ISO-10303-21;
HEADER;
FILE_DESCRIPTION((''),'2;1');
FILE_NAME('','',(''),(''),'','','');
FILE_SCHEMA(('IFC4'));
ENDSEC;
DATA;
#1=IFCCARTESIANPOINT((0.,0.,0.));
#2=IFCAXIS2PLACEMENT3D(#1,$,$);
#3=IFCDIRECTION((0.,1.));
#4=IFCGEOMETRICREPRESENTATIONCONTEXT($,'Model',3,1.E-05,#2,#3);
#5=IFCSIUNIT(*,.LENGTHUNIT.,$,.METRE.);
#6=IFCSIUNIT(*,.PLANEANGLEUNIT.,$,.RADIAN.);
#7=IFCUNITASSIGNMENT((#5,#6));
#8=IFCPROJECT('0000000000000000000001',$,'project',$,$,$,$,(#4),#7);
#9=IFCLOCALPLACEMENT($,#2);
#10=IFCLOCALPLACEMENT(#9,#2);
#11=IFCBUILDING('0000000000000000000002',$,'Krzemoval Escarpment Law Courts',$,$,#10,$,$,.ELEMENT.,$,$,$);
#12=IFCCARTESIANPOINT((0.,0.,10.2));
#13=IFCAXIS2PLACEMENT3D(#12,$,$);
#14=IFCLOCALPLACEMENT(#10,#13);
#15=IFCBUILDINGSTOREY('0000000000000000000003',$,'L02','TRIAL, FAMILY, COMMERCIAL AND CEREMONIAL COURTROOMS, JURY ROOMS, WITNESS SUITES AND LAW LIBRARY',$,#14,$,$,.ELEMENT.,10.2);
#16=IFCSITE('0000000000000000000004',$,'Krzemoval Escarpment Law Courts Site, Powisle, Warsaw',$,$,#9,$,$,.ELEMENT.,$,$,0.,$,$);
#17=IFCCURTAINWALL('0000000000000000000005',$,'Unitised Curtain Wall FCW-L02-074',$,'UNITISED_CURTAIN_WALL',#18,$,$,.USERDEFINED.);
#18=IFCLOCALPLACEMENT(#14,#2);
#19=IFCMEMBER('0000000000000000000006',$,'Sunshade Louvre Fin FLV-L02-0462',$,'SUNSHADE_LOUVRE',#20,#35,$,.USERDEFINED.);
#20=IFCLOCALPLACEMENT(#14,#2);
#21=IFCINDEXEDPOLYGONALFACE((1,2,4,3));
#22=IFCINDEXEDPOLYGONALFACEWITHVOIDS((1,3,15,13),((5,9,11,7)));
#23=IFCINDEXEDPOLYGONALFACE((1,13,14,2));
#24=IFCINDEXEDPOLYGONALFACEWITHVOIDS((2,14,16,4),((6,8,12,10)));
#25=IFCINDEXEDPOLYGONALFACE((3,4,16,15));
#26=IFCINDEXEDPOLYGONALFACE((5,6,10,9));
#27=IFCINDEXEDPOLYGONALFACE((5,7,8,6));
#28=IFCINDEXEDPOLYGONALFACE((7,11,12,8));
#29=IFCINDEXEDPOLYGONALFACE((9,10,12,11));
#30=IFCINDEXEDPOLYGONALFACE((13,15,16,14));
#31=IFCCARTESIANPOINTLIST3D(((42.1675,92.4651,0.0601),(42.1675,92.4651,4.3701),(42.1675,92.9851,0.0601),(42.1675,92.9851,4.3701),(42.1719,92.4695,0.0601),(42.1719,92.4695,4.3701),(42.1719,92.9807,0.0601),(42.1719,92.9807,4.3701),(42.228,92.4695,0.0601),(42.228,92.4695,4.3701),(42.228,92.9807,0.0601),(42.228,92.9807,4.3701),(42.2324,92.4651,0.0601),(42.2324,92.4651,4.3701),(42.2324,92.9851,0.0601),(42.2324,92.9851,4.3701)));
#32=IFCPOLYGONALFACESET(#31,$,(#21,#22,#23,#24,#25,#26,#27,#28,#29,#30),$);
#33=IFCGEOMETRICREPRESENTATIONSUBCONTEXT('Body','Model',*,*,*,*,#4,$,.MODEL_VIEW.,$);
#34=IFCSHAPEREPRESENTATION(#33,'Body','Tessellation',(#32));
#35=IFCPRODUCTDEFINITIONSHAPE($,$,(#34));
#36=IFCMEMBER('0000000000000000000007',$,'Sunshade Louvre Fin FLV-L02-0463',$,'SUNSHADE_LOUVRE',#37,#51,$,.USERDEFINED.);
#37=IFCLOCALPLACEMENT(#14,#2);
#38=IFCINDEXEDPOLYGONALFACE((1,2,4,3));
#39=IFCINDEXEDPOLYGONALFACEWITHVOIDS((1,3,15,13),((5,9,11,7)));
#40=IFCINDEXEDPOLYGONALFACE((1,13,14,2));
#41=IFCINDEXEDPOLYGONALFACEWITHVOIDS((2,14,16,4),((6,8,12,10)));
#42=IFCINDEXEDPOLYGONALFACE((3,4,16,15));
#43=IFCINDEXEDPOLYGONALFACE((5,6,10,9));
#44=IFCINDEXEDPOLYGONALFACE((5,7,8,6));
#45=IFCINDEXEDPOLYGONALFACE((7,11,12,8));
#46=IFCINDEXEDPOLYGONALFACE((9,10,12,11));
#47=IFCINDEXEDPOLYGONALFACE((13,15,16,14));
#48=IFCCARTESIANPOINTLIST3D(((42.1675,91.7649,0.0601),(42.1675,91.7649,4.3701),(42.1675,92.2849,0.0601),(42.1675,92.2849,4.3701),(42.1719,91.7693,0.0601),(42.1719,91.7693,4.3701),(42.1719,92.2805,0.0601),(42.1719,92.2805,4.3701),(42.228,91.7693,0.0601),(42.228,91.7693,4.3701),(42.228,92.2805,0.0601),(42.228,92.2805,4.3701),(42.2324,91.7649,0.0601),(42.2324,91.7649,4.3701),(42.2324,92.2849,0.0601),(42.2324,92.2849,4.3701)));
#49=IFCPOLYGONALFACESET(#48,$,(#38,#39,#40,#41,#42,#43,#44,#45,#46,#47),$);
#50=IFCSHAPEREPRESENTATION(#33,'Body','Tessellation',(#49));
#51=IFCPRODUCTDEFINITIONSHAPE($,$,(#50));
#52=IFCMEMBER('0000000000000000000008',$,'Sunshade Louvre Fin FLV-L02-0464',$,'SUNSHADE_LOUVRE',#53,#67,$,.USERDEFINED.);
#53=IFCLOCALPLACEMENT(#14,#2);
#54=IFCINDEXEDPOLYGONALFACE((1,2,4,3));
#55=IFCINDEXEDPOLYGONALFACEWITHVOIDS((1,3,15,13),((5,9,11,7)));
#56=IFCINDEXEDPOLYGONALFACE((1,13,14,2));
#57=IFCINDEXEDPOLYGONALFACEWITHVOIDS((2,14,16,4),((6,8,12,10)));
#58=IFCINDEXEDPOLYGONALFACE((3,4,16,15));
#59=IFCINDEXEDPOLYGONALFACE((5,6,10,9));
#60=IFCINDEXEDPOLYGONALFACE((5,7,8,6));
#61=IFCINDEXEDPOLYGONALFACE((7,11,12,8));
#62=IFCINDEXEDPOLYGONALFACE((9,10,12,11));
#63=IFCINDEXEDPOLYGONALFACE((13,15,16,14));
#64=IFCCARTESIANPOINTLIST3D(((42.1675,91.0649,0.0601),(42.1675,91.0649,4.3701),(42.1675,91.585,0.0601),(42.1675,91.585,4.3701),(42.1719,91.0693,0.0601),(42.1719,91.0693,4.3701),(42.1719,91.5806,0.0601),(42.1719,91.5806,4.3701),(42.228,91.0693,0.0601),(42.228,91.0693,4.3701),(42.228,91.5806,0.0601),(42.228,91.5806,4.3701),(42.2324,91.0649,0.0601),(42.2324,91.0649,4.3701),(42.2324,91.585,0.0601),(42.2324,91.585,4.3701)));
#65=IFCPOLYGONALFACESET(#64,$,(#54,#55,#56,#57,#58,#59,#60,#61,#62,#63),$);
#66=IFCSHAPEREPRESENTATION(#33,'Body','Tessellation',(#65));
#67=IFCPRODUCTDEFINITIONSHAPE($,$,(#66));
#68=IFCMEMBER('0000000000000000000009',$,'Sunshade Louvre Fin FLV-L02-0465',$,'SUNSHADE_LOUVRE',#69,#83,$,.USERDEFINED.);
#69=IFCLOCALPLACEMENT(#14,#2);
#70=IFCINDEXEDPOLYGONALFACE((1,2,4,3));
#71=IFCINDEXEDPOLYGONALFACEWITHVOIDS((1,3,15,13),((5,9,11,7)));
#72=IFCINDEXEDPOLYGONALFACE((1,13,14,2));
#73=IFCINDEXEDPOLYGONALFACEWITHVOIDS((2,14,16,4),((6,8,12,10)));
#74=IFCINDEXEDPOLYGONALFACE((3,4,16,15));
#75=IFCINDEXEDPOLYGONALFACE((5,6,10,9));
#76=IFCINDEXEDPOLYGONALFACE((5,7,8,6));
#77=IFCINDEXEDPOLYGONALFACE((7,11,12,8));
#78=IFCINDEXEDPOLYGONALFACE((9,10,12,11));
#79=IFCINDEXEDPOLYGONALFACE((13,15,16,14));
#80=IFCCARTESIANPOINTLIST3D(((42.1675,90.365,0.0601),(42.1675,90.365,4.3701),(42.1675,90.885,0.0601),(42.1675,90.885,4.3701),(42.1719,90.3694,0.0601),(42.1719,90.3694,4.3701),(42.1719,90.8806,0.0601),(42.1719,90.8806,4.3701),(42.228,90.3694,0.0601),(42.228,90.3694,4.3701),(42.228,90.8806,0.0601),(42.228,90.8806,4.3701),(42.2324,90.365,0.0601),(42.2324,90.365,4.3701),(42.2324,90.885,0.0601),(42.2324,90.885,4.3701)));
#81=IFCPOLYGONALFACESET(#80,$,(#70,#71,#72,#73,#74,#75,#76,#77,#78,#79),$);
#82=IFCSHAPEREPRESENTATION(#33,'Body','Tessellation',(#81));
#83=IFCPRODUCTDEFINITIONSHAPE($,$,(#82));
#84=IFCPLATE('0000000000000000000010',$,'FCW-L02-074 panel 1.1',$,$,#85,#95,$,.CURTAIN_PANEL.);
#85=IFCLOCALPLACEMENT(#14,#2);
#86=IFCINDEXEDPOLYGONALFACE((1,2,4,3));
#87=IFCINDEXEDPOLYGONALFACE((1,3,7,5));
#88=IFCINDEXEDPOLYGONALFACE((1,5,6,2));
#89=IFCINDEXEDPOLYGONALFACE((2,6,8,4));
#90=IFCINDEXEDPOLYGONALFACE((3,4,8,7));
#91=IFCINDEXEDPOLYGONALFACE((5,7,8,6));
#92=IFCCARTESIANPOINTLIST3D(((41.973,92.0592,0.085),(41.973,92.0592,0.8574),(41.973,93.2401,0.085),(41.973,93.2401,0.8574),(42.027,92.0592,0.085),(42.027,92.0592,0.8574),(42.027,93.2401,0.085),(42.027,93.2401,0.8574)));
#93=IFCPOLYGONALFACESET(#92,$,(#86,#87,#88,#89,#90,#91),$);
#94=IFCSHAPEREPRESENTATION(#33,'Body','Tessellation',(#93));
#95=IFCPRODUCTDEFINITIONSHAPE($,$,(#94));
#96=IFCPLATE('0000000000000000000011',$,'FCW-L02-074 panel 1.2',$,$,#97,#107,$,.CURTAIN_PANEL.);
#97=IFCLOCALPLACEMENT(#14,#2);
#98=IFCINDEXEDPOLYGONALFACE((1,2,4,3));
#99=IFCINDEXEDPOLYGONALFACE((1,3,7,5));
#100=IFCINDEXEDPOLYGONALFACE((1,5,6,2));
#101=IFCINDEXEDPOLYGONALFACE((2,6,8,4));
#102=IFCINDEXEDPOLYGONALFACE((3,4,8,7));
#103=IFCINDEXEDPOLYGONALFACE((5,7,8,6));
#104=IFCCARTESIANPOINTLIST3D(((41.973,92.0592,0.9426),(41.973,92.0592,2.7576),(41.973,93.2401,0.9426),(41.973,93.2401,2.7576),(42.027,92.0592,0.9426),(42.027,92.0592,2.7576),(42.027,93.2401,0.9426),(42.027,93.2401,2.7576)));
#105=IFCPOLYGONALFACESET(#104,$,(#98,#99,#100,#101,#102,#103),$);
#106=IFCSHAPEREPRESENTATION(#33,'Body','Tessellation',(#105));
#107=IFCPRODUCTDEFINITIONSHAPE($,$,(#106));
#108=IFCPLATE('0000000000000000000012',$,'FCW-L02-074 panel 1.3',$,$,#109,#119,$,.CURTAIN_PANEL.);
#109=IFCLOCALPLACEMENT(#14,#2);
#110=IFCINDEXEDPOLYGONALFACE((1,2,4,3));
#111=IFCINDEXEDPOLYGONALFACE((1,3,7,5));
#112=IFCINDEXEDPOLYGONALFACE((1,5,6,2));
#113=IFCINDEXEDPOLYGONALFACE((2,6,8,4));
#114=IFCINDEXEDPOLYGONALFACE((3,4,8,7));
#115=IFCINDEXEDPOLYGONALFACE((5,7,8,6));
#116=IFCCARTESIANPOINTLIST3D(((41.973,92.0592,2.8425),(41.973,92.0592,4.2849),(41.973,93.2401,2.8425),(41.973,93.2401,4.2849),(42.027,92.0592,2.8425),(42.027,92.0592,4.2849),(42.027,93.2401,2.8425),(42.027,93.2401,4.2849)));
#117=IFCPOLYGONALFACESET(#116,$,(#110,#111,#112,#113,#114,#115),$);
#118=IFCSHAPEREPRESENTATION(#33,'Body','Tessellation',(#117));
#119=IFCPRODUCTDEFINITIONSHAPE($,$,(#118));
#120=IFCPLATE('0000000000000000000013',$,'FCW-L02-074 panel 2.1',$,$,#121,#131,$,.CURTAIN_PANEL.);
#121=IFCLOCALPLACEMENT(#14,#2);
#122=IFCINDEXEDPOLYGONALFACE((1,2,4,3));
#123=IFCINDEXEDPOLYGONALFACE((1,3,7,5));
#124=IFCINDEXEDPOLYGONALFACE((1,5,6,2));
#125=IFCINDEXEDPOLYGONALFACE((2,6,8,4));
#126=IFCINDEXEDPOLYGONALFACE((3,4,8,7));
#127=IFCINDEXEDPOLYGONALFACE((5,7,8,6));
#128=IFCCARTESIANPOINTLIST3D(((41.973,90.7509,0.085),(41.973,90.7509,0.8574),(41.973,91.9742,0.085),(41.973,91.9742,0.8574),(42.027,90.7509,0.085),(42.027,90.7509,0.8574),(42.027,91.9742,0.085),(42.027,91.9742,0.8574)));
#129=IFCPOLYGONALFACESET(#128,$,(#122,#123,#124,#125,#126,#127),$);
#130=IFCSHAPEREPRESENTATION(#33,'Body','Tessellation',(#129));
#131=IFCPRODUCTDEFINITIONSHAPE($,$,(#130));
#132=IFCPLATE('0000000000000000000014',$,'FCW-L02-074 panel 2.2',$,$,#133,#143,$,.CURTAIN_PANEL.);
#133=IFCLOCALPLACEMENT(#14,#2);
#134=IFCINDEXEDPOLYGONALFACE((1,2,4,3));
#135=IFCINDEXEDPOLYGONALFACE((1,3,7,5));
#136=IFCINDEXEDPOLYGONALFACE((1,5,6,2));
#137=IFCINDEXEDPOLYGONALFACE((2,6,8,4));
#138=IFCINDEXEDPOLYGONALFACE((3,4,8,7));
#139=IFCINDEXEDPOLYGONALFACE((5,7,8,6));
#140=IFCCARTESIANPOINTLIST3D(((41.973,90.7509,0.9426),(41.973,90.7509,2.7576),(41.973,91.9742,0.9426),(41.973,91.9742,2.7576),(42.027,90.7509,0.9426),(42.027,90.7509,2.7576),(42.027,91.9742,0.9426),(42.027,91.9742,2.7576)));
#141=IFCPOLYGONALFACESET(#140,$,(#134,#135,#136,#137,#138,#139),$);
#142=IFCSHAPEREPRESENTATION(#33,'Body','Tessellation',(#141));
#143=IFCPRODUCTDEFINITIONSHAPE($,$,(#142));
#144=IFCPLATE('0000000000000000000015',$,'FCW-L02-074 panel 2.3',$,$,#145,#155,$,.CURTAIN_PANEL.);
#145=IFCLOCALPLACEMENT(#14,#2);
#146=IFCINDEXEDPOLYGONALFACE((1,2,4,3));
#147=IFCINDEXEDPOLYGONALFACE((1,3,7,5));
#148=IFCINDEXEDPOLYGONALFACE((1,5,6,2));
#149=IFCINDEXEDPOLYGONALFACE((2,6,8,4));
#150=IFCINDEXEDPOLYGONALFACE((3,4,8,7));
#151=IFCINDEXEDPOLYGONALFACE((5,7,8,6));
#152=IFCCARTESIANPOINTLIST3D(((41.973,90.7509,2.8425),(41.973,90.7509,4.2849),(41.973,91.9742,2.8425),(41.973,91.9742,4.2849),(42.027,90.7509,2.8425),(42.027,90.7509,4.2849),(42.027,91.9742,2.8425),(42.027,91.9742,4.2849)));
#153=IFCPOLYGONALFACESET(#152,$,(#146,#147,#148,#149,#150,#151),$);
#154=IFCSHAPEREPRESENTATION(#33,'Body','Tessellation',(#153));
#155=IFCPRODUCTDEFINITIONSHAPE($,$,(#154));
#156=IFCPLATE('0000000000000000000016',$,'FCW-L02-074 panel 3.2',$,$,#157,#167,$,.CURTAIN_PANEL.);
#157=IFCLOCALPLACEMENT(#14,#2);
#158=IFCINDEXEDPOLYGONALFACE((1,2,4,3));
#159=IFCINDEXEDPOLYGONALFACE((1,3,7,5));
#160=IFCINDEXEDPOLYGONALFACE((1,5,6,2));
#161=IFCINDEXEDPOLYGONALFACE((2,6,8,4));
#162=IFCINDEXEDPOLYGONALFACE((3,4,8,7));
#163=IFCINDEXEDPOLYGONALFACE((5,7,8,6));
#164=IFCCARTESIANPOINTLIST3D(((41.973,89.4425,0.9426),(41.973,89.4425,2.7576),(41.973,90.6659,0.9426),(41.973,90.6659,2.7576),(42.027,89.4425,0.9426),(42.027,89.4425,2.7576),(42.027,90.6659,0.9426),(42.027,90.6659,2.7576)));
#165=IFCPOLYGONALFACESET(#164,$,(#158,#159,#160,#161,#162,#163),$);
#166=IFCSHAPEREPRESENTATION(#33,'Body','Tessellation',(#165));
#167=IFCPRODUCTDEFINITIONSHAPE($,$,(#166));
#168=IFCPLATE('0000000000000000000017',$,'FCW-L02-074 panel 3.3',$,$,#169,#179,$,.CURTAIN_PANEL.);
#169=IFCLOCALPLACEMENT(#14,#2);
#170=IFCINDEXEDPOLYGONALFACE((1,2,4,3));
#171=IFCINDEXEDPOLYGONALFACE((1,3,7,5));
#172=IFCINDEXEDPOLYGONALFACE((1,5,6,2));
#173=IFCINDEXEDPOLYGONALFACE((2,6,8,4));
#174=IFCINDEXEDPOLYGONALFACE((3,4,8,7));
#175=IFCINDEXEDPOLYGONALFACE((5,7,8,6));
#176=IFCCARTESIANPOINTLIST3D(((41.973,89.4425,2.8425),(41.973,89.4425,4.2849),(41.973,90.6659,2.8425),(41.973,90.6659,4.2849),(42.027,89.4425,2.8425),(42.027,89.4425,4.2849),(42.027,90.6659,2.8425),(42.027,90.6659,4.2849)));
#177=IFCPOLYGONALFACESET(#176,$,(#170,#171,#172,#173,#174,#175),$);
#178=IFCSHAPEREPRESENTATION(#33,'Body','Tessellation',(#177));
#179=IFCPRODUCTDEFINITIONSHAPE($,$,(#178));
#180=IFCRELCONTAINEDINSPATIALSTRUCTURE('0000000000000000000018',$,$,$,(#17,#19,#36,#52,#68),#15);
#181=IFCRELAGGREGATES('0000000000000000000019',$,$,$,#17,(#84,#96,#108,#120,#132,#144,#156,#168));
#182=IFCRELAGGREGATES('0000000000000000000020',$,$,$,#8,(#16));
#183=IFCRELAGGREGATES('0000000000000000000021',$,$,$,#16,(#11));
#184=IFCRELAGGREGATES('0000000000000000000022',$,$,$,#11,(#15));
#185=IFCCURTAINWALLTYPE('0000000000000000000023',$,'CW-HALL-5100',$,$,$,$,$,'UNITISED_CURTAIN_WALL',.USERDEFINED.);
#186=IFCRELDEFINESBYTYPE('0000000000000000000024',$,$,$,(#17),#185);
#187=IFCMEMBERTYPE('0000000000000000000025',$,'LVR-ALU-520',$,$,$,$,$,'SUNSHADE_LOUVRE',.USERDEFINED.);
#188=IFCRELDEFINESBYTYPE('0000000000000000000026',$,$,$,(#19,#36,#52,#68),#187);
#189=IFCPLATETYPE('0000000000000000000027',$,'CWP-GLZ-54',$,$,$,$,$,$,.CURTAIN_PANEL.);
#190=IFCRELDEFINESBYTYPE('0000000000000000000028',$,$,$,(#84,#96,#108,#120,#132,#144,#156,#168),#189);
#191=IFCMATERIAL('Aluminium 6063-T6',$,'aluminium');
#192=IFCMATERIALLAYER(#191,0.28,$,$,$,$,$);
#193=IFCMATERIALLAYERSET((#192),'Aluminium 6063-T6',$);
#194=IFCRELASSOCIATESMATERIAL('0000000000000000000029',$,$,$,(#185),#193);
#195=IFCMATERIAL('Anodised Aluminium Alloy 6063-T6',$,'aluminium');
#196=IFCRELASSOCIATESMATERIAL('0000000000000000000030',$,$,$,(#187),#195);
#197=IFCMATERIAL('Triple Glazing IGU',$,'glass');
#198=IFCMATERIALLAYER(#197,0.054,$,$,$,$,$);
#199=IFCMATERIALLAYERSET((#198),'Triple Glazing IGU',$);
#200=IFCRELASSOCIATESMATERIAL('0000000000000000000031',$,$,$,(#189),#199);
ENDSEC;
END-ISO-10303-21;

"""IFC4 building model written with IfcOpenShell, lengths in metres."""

from ifc_helpers import new_model, si_unit, direction, frame, origin, origin_2d, place, context, subcontext, project, spatial, rectangle, hollow_rectangle, extrude, material, layer, layer_set, material_profile, profile_set, type_object, element, aggregate, save


model = new_model("IFC4")

# Units and contexts
model_context = context("Model", 3, precision=1e-05, world=origin(), true_north=direction((0.0, 1.0)))
body_context = subcontext(model_context, "Body", "Model", "MODEL_VIEW")
ifc_project = project(units=[si_unit("LENGTHUNIT", "METRE"), si_unit("PLANEANGLEUNIT", "RADIAN")], contexts=[model_context])

# Site, building, storey
site_placement = place(None, origin())
site = spatial("IfcSite", under=ifc_project, at=site_placement, Name="Krzemoval Escarpment Law Courts Site, Powisle, Warsaw", CompositionType="ELEMENT", RefElevation=0.0)
building_placement = place(site_placement, origin())
building = spatial("IfcBuilding", under=site, at=building_placement, Name="Krzemoval Escarpment Law Courts", CompositionType="ELEMENT")
storey_placement = place(building_placement, frame((0.0, 0.0, 10.2)))
storey = spatial("IfcBuildingStorey", under=building, at=storey_placement, Name="L02", Description="TRIAL, FAMILY, COMMERCIAL AND CEREMONIAL COURTROOMS, JURY ROOMS, WITNESS SUITES AND LAW LIBRARY", CompositionType="ELEMENT", Elevation=10.2)

# Curtain wall
ifc_material_1 = material(Name="Aluminium 6063-T6", Category="aluminium")
ifc_layer_1 = layer(ifc_material_1, 0.28)
ifc_layer_set_1 = layer_set([ifc_layer_1], Name="Aluminium 6063-T6")
curtain_wall_type = type_object("IfcCurtainWallType", Name="CW-HALL-5100", ElementType="UNITISED_CURTAIN_WALL", PredefinedType="USERDEFINED", material=ifc_layer_set_1)
curtain_wall_placement = place(storey_placement, origin())
curtain_wall = element("IfcCurtainWall", 1, at=curtain_wall_placement, inside=storey, type_object=curtain_wall_type, Name="Unitised Curtain Wall FCW-L02-074", ObjectType="UNITISED_CURTAIN_WALL", PredefinedType="USERDEFINED")

# Members
ifc_material_2 = material(Name="Anodised Aluminium Alloy 6063-T6", Category="aluminium")
ifc_material_profile_1 = material_profile(ifc_material_2, hollow_rectangle(XDim=0.0649, YDim=0.52, WallThickness=0.0044, at=origin_2d()), Name="ALU LVR 65x520")
ifc_profile_set_1 = profile_set([ifc_material_profile_1], Name="Anodised Aluminium Alloy 6063-T6")
member_type_1 = type_object("IfcMemberType", Name="LVR-ALU-520", ElementType="SUNSHADE_LOUVRE", PredefinedType="USERDEFINED", material=ifc_profile_set_1)
for number, where, z_axis, x_axis, name in (
    (2, (42.2, 92.7251, 0.0601), (0.0, 0.0, 1.0), (1.0, 0.0, 0.0), "Sunshade Louvre Fin FLV-L02-0462"),
    (3, (42.2, 92.0249, 0.0601), (0.0, 0.0, 1.0), (1.0, 0.0, 0.0), "Sunshade Louvre Fin FLV-L02-0463"),
    (4, (42.2, 91.325, 0.0601), (0.0, 0.0, 1.0), (1.0, 0.0, 0.0), "Sunshade Louvre Fin FLV-L02-0464"),
    (5, (42.2, 90.625, 0.0601), (0.0, 0.0, 1.0), (1.0, 0.0, 0.0), "Sunshade Louvre Fin FLV-L02-0465"),
):
    element("IfcMember", number, at=place(storey_placement, frame(where, z_axis=z_axis, x_axis=x_axis)), inside=storey, type_object=member_type_1, Name=name, ObjectType="SUNSHADE_LOUVRE", PredefinedType="USERDEFINED", context=body_context, shape_type="SweptSolid", body=[
        extrude(hollow_rectangle(XDim=0.0649, YDim=0.52, WallThickness=0.0044, at=origin_2d()), origin(), (0.0, 0.0, 1.0), 4.3101),
    ])

# Plates
ifc_material_3 = material(Name="Triple Glazing IGU", Category="glass")
ifc_layer_2 = layer(ifc_material_3, 0.054)
ifc_layer_set_2 = layer_set([ifc_layer_2], Name="Triple Glazing IGU")
plate_type = type_object("IfcPlateType", Name="CWP-GLZ-54", PredefinedType="CURTAIN_PANEL", material=ifc_layer_set_2)
plate_1_placement = place(storey_placement, frame((42.0, 92.6497, 0.085), z_axis=(0.0, 0.0, 1.0), x_axis=(0.0, -1.0, 0.0)))
plate_1 = element("IfcPlate", 6, at=plate_1_placement, type_object=plate_type, Name="FCW-L02-074 panel 1.1", PredefinedType="CURTAIN_PANEL", context=body_context, shape_type="SweptSolid", body=[
    extrude(rectangle(XDim=1.1809, YDim=0.054, at=origin_2d()), origin(), (0.0, 0.0, 1.0), 0.7725),
])
plate_2_placement = place(storey_placement, frame((42.0, 92.6497, 0.9426), z_axis=(0.0, 0.0, 1.0), x_axis=(0.0, -1.0, 0.0)))
plate_2 = element("IfcPlate", 7, at=plate_2_placement, type_object=plate_type, Name="FCW-L02-074 panel 1.2", PredefinedType="CURTAIN_PANEL", context=body_context, shape_type="SweptSolid", body=[
    extrude(rectangle(XDim=1.1809, YDim=0.054, at=origin_2d()), origin(), (0.0, 0.0, 1.0), 1.8149),
])
plate_3_placement = place(storey_placement, frame((42.0, 92.6497, 2.8425), z_axis=(0.0, 0.0, 1.0), x_axis=(0.0, -1.0, 0.0)))
plate_3 = element("IfcPlate", 8, at=plate_3_placement, type_object=plate_type, Name="FCW-L02-074 panel 1.3", PredefinedType="CURTAIN_PANEL", context=body_context, shape_type="SweptSolid", body=[
    extrude(rectangle(XDim=1.1809, YDim=0.054, at=origin_2d()), origin(), (0.0, 0.0, 1.0), 1.4424),
])
plate_4_placement = place(storey_placement, frame((42.0, 91.3625, 0.085), z_axis=(0.0, 0.0, 1.0), x_axis=(0.0, -1.0, 0.0)))
plate_4 = element("IfcPlate", 9, at=plate_4_placement, type_object=plate_type, Name="FCW-L02-074 panel 2.1", PredefinedType="CURTAIN_PANEL", context=body_context, shape_type="SweptSolid", body=[
    extrude(rectangle(XDim=1.2234, YDim=0.054, at=origin_2d()), origin(), (0.0, 0.0, 1.0), 0.7725),
])
plate_5_placement = place(storey_placement, frame((42.0, 91.3625, 0.9426), z_axis=(0.0, 0.0, 1.0), x_axis=(0.0, -1.0, 0.0)))
plate_5 = element("IfcPlate", 10, at=plate_5_placement, type_object=plate_type, Name="FCW-L02-074 panel 2.2", PredefinedType="CURTAIN_PANEL", context=body_context, shape_type="SweptSolid", body=[
    extrude(rectangle(XDim=1.2234, YDim=0.054, at=origin_2d()), origin(), (0.0, 0.0, 1.0), 1.8149),
])
plate_6_placement = place(storey_placement, frame((42.0, 91.3625, 2.8425), z_axis=(0.0, 0.0, 1.0), x_axis=(0.0, -1.0, 0.0)))
plate_6 = element("IfcPlate", 11, at=plate_6_placement, type_object=plate_type, Name="FCW-L02-074 panel 2.3", PredefinedType="CURTAIN_PANEL", context=body_context, shape_type="SweptSolid", body=[
    extrude(rectangle(XDim=1.2234, YDim=0.054, at=origin_2d()), origin(), (0.0, 0.0, 1.0), 1.4424),
])
plate_7_placement = place(storey_placement, frame((42.0, 90.0542, 0.9426), z_axis=(0.0, 0.0, 1.0), x_axis=(0.0, -1.0, 0.0)))
plate_7 = element("IfcPlate", 12, at=plate_7_placement, type_object=plate_type, Name="FCW-L02-074 panel 3.2", PredefinedType="CURTAIN_PANEL", context=body_context, shape_type="SweptSolid", body=[
    extrude(rectangle(XDim=1.2234, YDim=0.054, at=origin_2d()), origin(), (0.0, 0.0, 1.0), 1.8149),
])
plate_8_placement = place(storey_placement, frame((42.0, 90.0542, 2.8425), z_axis=(0.0, 0.0, 1.0), x_axis=(0.0, -1.0, 0.0)))
plate_8 = element("IfcPlate", 13, at=plate_8_placement, type_object=plate_type, Name="FCW-L02-074 panel 3.3", PredefinedType="CURTAIN_PANEL", context=body_context, shape_type="SweptSolid", body=[
    extrude(rectangle(XDim=1.2234, YDim=0.054, at=origin_2d()), origin(), (0.0, 0.0, 1.0), 1.4424),
])
aggregate(curtain_wall, [plate_1, plate_2, plate_3, plate_4, plate_5, plate_6, plate_7, plate_8])

save(model, "model.ifc")
